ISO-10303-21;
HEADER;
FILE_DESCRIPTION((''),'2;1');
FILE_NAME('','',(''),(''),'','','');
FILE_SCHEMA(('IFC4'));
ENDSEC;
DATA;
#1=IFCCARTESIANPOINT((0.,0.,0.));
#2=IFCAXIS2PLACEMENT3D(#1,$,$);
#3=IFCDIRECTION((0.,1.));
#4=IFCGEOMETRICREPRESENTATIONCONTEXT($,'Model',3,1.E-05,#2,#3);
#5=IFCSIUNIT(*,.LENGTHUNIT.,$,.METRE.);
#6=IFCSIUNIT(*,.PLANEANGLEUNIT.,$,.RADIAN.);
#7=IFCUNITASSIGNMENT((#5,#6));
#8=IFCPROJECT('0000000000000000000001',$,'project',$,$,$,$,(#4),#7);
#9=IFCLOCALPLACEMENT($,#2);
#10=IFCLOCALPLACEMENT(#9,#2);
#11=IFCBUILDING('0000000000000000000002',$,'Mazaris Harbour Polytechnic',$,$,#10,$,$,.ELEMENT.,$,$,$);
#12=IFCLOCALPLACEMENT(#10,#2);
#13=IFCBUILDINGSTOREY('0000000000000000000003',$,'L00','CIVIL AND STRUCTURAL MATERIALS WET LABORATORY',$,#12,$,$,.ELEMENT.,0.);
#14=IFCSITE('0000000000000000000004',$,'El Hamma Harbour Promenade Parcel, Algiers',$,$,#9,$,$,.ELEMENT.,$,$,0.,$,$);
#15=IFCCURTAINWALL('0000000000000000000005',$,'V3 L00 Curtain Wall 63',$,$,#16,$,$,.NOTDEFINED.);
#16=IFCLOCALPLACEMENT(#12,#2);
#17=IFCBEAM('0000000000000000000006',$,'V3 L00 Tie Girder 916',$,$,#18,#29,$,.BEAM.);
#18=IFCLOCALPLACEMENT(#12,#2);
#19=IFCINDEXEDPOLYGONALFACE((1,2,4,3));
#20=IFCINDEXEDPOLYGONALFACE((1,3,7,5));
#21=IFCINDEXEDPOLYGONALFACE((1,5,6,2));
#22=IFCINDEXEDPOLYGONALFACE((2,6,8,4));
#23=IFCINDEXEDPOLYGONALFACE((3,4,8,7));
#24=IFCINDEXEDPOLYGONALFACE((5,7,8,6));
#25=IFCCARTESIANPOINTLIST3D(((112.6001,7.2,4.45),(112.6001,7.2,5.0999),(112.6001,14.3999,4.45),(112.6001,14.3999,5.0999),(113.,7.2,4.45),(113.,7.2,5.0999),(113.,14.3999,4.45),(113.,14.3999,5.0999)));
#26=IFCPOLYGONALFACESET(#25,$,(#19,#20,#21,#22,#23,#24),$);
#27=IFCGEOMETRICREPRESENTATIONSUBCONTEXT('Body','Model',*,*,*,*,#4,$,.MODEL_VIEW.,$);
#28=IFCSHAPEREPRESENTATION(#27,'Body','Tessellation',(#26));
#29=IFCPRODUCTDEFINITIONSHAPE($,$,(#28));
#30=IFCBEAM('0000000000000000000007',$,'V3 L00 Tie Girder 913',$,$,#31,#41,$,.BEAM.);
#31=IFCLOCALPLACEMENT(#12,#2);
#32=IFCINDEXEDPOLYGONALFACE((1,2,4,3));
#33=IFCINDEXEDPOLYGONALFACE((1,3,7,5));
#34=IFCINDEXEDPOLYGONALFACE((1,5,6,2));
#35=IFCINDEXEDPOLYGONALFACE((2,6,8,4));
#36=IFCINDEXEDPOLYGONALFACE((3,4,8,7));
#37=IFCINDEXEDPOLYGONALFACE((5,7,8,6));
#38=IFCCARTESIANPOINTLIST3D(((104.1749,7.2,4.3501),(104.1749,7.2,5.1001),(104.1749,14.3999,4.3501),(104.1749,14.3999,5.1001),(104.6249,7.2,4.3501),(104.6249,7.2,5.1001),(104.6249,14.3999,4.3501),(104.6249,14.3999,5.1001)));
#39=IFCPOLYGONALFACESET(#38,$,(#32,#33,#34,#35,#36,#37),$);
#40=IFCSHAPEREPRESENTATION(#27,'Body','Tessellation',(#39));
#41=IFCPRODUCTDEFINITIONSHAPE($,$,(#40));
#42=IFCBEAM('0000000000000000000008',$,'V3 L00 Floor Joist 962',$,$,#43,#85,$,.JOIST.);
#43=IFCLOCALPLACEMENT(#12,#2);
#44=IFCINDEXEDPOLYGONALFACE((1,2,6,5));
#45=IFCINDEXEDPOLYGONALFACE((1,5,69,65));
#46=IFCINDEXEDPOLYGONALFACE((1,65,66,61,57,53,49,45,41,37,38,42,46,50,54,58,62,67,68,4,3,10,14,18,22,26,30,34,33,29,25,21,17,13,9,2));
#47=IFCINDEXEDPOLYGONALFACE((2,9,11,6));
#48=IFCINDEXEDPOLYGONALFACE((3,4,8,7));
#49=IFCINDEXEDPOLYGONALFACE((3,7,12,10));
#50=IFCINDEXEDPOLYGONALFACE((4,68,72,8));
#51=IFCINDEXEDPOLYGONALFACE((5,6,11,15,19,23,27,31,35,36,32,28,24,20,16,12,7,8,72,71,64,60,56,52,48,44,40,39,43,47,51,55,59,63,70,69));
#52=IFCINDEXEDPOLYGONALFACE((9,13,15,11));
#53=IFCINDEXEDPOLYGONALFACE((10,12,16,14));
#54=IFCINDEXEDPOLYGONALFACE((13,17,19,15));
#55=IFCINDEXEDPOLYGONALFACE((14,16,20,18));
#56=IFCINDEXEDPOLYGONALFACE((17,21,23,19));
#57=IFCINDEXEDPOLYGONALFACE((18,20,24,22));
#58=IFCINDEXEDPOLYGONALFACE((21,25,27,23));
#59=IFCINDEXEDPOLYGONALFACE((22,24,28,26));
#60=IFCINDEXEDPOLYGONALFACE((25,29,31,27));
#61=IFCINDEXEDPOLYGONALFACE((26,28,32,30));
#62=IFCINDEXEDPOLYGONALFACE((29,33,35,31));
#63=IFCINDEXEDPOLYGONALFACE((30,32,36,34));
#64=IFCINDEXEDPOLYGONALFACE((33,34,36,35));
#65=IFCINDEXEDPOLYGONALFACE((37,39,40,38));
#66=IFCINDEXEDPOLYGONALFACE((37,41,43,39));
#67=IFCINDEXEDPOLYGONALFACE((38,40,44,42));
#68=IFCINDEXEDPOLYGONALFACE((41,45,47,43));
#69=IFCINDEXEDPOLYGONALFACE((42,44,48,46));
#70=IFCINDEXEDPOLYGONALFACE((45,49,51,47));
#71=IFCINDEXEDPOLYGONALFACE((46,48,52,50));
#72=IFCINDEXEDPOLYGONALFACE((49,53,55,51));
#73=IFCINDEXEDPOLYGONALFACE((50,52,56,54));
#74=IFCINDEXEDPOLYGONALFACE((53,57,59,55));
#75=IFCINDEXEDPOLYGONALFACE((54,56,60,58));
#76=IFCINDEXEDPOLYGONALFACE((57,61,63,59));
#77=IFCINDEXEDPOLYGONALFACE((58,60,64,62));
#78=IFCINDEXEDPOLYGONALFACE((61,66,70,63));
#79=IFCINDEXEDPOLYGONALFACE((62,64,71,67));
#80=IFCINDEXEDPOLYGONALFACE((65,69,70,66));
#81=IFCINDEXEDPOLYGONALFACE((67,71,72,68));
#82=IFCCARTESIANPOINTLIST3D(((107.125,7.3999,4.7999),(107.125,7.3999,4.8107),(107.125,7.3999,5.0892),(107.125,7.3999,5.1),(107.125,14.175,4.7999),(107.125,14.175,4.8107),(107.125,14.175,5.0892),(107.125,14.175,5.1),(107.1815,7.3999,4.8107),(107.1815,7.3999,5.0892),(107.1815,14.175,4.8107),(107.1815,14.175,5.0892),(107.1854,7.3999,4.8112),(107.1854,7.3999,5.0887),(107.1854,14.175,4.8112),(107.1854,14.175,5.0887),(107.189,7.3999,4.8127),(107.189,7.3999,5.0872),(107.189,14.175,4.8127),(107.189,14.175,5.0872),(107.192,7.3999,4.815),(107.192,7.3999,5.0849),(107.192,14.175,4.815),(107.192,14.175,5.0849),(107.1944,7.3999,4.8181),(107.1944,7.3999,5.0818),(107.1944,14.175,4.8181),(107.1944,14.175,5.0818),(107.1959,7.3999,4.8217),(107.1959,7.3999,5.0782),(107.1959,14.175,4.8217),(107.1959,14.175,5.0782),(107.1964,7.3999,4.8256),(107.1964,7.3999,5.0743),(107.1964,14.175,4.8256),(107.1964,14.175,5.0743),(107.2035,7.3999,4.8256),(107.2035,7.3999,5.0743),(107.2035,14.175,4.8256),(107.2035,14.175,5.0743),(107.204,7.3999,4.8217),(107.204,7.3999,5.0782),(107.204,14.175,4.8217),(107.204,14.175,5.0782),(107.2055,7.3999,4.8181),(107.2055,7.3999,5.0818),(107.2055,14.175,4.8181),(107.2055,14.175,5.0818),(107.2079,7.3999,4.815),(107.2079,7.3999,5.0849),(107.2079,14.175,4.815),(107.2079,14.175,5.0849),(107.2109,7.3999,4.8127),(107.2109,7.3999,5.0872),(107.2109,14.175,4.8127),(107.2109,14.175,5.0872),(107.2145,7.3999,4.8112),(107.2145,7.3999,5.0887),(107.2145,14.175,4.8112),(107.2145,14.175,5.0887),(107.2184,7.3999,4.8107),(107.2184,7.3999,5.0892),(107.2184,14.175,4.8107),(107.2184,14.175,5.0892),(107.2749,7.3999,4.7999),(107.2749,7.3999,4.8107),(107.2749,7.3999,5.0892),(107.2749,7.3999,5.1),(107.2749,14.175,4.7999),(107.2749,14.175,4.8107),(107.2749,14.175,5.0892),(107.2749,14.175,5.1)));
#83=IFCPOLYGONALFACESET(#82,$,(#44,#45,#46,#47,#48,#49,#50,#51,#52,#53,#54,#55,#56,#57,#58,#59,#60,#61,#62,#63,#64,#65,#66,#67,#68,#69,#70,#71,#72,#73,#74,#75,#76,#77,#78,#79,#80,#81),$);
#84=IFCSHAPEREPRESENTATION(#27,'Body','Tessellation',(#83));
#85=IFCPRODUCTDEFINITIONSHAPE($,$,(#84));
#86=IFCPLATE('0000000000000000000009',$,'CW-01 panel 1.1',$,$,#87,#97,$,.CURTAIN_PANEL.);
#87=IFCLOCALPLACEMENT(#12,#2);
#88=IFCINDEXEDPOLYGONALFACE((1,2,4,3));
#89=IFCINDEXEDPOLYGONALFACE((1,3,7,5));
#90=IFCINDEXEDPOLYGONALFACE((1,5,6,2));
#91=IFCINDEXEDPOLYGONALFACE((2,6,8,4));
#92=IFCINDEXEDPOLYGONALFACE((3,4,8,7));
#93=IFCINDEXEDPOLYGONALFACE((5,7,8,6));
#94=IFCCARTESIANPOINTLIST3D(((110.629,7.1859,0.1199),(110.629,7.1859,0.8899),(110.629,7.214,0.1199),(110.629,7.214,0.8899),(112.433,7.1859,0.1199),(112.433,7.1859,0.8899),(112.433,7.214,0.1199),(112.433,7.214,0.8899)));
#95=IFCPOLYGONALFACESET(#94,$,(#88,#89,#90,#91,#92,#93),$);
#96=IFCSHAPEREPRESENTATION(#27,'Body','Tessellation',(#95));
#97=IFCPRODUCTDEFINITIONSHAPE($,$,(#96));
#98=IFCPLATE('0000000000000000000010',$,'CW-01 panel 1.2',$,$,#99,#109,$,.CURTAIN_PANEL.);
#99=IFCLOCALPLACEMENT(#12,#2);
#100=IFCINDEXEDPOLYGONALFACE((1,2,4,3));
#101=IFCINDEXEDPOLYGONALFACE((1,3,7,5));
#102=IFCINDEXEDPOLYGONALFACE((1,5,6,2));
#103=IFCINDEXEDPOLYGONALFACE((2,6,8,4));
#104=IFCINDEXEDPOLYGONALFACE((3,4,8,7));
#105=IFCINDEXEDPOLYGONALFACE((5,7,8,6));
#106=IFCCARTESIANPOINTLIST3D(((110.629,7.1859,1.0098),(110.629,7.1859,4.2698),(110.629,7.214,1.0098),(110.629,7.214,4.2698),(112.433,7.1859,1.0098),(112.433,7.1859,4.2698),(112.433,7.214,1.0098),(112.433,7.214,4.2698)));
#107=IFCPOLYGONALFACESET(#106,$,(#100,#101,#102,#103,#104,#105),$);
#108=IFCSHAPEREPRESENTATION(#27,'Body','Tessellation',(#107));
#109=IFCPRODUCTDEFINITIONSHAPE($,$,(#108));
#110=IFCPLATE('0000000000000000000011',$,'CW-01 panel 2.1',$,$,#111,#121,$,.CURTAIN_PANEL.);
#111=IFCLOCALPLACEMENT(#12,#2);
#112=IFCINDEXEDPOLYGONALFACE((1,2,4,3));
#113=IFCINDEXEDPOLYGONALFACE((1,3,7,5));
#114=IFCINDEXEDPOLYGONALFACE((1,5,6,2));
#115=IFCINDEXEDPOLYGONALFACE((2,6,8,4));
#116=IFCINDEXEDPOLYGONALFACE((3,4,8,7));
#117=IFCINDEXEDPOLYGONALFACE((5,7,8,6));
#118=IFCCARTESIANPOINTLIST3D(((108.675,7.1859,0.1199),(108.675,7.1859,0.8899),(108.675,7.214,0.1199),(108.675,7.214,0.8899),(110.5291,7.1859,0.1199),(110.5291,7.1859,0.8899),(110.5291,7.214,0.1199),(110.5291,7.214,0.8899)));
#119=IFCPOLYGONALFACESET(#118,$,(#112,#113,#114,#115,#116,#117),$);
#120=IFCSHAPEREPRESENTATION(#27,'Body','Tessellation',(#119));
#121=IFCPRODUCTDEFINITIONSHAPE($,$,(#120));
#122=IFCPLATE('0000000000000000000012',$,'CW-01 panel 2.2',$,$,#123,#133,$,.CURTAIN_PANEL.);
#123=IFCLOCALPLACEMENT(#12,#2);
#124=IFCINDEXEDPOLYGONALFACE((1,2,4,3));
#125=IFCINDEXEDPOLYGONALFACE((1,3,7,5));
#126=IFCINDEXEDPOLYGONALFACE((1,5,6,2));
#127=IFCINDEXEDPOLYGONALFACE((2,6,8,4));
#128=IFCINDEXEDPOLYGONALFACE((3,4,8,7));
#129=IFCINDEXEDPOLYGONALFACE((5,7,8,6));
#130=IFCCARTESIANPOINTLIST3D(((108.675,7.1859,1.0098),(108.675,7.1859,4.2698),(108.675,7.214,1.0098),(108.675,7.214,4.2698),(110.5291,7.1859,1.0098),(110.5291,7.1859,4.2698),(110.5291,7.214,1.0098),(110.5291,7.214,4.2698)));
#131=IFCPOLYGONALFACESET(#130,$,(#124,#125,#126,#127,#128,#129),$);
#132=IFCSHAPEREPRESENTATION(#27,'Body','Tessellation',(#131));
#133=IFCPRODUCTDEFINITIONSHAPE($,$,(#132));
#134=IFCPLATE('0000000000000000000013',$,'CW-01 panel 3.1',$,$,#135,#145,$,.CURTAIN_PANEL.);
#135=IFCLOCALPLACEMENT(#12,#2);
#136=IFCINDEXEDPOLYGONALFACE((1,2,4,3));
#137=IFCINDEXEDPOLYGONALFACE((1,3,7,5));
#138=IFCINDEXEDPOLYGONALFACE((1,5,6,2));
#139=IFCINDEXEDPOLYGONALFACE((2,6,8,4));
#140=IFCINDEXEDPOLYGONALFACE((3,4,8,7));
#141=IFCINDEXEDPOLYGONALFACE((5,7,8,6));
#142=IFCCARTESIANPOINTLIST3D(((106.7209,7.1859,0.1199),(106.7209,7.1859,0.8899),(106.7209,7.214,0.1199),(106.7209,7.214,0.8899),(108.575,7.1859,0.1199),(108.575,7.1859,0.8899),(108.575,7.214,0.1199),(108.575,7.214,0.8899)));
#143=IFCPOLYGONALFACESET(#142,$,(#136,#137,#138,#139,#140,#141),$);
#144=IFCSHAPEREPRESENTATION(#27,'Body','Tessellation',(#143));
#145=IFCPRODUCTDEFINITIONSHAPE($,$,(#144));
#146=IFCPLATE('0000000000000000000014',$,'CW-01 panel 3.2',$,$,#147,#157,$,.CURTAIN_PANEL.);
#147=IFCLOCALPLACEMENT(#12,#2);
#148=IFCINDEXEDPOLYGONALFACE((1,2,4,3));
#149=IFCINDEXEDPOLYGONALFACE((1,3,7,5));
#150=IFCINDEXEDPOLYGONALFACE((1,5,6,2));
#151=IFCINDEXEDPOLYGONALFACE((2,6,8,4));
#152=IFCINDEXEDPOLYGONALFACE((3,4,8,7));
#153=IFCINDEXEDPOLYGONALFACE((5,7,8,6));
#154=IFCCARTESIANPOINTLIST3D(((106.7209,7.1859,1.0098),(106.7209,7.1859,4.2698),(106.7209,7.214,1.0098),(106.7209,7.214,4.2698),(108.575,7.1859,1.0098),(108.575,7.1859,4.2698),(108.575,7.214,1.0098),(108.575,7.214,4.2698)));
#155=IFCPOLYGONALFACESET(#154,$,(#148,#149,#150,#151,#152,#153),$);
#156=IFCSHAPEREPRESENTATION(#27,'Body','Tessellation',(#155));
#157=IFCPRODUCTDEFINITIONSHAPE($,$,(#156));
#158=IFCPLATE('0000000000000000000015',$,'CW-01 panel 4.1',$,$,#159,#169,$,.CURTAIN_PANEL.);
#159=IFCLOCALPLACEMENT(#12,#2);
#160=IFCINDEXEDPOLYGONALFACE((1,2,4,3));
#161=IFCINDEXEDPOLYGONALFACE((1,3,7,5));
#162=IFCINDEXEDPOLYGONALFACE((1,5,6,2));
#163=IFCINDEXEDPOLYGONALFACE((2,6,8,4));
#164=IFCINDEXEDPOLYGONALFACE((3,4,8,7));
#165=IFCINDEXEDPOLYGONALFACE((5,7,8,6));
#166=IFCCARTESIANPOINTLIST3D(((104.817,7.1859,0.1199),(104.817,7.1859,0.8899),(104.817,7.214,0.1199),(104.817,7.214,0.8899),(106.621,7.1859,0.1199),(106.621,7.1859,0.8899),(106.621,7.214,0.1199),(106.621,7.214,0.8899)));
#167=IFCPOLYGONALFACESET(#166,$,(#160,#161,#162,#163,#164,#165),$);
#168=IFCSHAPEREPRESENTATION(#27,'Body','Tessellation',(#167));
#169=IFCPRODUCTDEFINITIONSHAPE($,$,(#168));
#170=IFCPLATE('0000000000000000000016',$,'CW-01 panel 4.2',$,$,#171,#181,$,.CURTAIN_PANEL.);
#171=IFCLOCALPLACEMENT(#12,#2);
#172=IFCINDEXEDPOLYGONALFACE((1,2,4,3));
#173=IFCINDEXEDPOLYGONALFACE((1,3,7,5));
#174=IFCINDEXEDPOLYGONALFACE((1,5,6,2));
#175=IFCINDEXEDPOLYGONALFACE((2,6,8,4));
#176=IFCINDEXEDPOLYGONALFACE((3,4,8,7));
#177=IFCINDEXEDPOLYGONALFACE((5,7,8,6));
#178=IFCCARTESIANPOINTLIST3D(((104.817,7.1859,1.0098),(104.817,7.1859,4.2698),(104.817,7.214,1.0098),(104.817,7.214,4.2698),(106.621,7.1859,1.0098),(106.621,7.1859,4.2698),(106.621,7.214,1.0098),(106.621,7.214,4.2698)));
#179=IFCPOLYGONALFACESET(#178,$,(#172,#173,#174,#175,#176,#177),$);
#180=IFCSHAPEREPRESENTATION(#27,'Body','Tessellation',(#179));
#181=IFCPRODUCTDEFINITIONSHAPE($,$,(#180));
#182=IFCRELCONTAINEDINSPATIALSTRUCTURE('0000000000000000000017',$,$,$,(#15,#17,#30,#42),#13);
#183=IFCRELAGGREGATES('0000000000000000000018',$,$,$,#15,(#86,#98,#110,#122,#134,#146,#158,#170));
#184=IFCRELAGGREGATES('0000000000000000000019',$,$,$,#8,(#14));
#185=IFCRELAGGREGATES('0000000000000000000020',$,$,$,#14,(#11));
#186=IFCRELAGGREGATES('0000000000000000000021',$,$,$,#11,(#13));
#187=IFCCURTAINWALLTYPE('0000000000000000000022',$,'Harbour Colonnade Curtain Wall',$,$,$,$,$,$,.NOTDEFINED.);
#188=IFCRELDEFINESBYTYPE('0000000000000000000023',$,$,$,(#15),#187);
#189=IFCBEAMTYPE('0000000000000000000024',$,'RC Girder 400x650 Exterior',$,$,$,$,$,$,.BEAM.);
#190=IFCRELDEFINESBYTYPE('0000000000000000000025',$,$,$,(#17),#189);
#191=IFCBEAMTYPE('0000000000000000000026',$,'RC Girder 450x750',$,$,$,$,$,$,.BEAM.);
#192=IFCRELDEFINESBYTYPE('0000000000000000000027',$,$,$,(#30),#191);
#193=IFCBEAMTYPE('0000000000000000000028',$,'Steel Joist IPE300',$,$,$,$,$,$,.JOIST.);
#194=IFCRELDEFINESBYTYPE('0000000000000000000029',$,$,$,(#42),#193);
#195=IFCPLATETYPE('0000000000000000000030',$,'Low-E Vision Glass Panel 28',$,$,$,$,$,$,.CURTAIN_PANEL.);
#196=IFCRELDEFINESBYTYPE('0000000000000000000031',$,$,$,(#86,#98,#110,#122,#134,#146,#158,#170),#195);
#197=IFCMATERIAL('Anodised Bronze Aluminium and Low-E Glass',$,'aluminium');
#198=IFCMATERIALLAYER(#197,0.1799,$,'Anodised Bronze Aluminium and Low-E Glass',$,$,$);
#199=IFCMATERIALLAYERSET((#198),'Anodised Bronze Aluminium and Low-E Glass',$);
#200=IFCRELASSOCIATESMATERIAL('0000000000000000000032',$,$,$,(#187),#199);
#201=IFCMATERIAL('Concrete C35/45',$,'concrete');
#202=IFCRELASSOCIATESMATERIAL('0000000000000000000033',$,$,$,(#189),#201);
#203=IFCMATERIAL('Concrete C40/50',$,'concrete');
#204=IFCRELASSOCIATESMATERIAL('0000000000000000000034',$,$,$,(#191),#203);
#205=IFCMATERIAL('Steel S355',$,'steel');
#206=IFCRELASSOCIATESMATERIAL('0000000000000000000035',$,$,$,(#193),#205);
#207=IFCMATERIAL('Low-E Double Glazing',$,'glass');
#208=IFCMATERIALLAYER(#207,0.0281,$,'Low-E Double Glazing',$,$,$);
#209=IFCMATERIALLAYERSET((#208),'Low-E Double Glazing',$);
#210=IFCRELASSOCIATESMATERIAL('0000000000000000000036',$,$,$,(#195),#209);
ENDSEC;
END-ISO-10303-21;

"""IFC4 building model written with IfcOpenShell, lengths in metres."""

from ifc_helpers import new_model, si_unit, direction, frame, origin, origin_2d, place, context, subcontext, project, spatial, rectangle, i_section, extrude, material, layer, layer_set, material_profile, profile_set, type_object, element, aggregate, save


model = new_model("IFC4")

# Units and contexts
model_context = context("Model", 3, precision=1e-05, world=origin(), true_north=direction((0.0, 1.0)))
body_context = subcontext(model_context, "Body", "Model", "MODEL_VIEW")
ifc_project = project(units=[si_unit("LENGTHUNIT", "METRE"), si_unit("PLANEANGLEUNIT", "RADIAN")], contexts=[model_context])

# Site, building, storey
site_placement = place(None, origin())
site = spatial("IfcSite", under=ifc_project, at=site_placement, Name="El Hamma Harbour Promenade Parcel, Algiers", CompositionType="ELEMENT", RefElevation=0.0)
building_placement = place(site_placement, origin())
building = spatial("IfcBuilding", under=site, at=building_placement, Name="Mazaris Harbour Polytechnic", CompositionType="ELEMENT")
storey_placement = place(building_placement, origin())
storey = spatial("IfcBuildingStorey", under=building, at=storey_placement, Name="L00", Description="CIVIL AND STRUCTURAL MATERIALS WET LABORATORY", CompositionType="ELEMENT", Elevation=0.0)

# Curtain wall
ifc_material_1 = material(Name="Anodised Bronze Aluminium and Low-E Glass", Category="aluminium")
ifc_layer_1 = layer(ifc_material_1, 0.1799, Name="Anodised Bronze Aluminium and Low-E Glass")
ifc_layer_set_1 = layer_set([ifc_layer_1], Name="Anodised Bronze Aluminium and Low-E Glass")
curtain_wall_type = type_object("IfcCurtainWallType", Name="Harbour Colonnade Curtain Wall", PredefinedType="NOTDEFINED", material=ifc_layer_set_1)
curtain_wall_placement = place(storey_placement, origin())
curtain_wall = element("IfcCurtainWall", 1, at=curtain_wall_placement, inside=storey, type_object=curtain_wall_type, Name="V3 L00 Curtain Wall 63", PredefinedType="NOTDEFINED")

# Beams
ifc_material_2 = material(Name="Concrete C35/45", Category="concrete")
ifc_material_profile_1 = material_profile(ifc_material_2, rectangle(XDim=0.3999, YDim=0.6499, at=origin_2d()), Name="RECT400x650")
ifc_profile_set_1 = profile_set([ifc_material_profile_1], Name="Concrete C35/45")
beam_type_1 = type_object("IfcBeamType", Name="RC Girder 400x650 Exterior", PredefinedType="BEAM", material=ifc_profile_set_1)
beam_1_placement = place(storey_placement, frame((112.8, 7.2, 4.7749), z_axis=(0.0, 1.0, 0.0), x_axis=(-1.0, 0.0, 0.0)))
element("IfcBeam", 2, at=beam_1_placement, inside=storey, type_object=beam_type_1, Name="V3 L00 Tie Girder 916", PredefinedType="BEAM", context=body_context, shape_type="SweptSolid", body=[
    extrude(rectangle(XDim=0.3999, YDim=0.6499, at=origin_2d()), origin(), (0.0, 0.0, 1.0), 7.2),
])
ifc_material_3 = material(Name="Concrete C40/50", Category="concrete")
ifc_material_profile_2 = material_profile(ifc_material_3, rectangle(XDim=0.45, YDim=0.75, at=origin_2d()), Name="RECT450x750")
ifc_profile_set_2 = profile_set([ifc_material_profile_2], Name="Concrete C40/50")
beam_type_2 = type_object("IfcBeamType", Name="RC Girder 450x750", PredefinedType="BEAM", material=ifc_profile_set_2)
beam_2_placement = place(storey_placement, frame((104.3999, 7.2, 4.7251), z_axis=(0.0, 1.0, 0.0), x_axis=(-1.0, 0.0, 0.0)))
element("IfcBeam", 3, at=beam_2_placement, inside=storey, type_object=beam_type_2, Name="V3 L00 Tie Girder 913", PredefinedType="BEAM", context=body_context, shape_type="SweptSolid", body=[
    extrude(rectangle(XDim=0.45, YDim=0.75, at=origin_2d()), origin(), (0.0, 0.0, 1.0), 7.2),
])
ifc_material_4 = material(Name="Steel S355", Category="steel")
ifc_material_profile_3 = material_profile(ifc_material_4, i_section(OverallWidth=0.1499, OverallDepth=0.3, WebThickness=0.0071, FlangeThickness=0.0107, FilletRadius=0.0149, at=origin_2d()), Name="IPE 300")
ifc_profile_set_3 = profile_set([ifc_material_profile_3], Name="Steel S355")
beam_type_3 = type_object("IfcBeamType", Name="Steel Joist IPE300", PredefinedType="JOIST", material=ifc_profile_set_3)
beam_3_placement = place(storey_placement, frame((107.2, 7.3999, 4.95), z_axis=(0.0, 1.0, 0.0), x_axis=(-1.0, 0.0, 0.0)))
element("IfcBeam", 4, at=beam_3_placement, inside=storey, type_object=beam_type_3, Name="V3 L00 Floor Joist 962", PredefinedType="JOIST", context=body_context, shape_type="SweptSolid", body=[
    extrude(i_section(OverallWidth=0.1499, OverallDepth=0.3, WebThickness=0.0071, FlangeThickness=0.0107, FilletRadius=0.0149, at=origin_2d()), origin(), (0.0, 0.0, 1.0), 6.7751),
])

# Plates
ifc_material_5 = material(Name="Low-E Double Glazing", Category="glass")
ifc_layer_2 = layer(ifc_material_5, 0.0281, Name="Low-E Double Glazing")
ifc_layer_set_2 = layer_set([ifc_layer_2], Name="Low-E Double Glazing")
plate_type = type_object("IfcPlateType", Name="Low-E Vision Glass Panel 28", PredefinedType="CURTAIN_PANEL", material=ifc_layer_set_2)
plate_1_placement = place(storey_placement, frame((111.531, 7.2, 0.1199), z_axis=(0.0, 0.0, 1.0), x_axis=(-1.0, 0.0, 0.0)))
plate_1 = element("IfcPlate", 5, at=plate_1_placement, type_object=plate_type, Name="CW-01 panel 1.1", PredefinedType="CURTAIN_PANEL", context=body_context, shape_type="SweptSolid", body=[
    extrude(rectangle(XDim=1.804, YDim=0.0281, at=origin_2d()), origin(), (0.0, 0.0, 1.0), 0.77),
])
plate_2_placement = place(storey_placement, frame((111.531, 7.2, 1.0098), z_axis=(0.0, 0.0, 1.0), x_axis=(-1.0, 0.0, 0.0)))
plate_2 = element("IfcPlate", 6, at=plate_2_placement, type_object=plate_type, Name="CW-01 panel 1.2", PredefinedType="CURTAIN_PANEL", context=body_context, shape_type="SweptSolid", body=[
    extrude(rectangle(XDim=1.804, YDim=0.0281, at=origin_2d()), origin(), (0.0, 0.0, 1.0), 3.26),
])
plate_3_placement = place(storey_placement, frame((109.6021, 7.2, 0.1199), z_axis=(0.0, 0.0, 1.0), x_axis=(-1.0, 0.0, 0.0)))
plate_3 = element("IfcPlate", 7, at=plate_3_placement, type_object=plate_type, Name="CW-01 panel 2.1", PredefinedType="CURTAIN_PANEL", context=body_context, shape_type="SweptSolid", body=[
    extrude(rectangle(XDim=1.854, YDim=0.0281, at=origin_2d()), origin(), (0.0, 0.0, 1.0), 0.77),
])
plate_4_placement = place(storey_placement, frame((109.6021, 7.2, 1.0098), z_axis=(0.0, 0.0, 1.0), x_axis=(-1.0, 0.0, 0.0)))
plate_4 = element("IfcPlate", 8, at=plate_4_placement, type_object=plate_type, Name="CW-01 panel 2.2", PredefinedType="CURTAIN_PANEL", context=body_context, shape_type="SweptSolid", body=[
    extrude(rectangle(XDim=1.854, YDim=0.0281, at=origin_2d()), origin(), (0.0, 0.0, 1.0), 3.26),
])
plate_5_placement = place(storey_placement, frame((107.6479, 7.2, 0.1199), z_axis=(0.0, 0.0, 1.0), x_axis=(-1.0, 0.0, 0.0)))
plate_5 = element("IfcPlate", 9, at=plate_5_placement, type_object=plate_type, Name="CW-01 panel 3.1", PredefinedType="CURTAIN_PANEL", context=body_context, shape_type="SweptSolid", body=[
    extrude(rectangle(XDim=1.854, YDim=0.0281, at=origin_2d()), origin(), (0.0, 0.0, 1.0), 0.77),
])
plate_6_placement = place(storey_placement, frame((107.6479, 7.2, 1.0098), z_axis=(0.0, 0.0, 1.0), x_axis=(-1.0, 0.0, 0.0)))
plate_6 = element("IfcPlate", 10, at=plate_6_placement, type_object=plate_type, Name="CW-01 panel 3.2", PredefinedType="CURTAIN_PANEL", context=body_context, shape_type="SweptSolid", body=[
    extrude(rectangle(XDim=1.854, YDim=0.0281, at=origin_2d()), origin(), (0.0, 0.0, 1.0), 3.26),
])
plate_7_placement = place(storey_placement, frame((105.719, 7.2, 0.1199), z_axis=(0.0, 0.0, 1.0), x_axis=(-1.0, 0.0, 0.0)))
plate_7 = element("IfcPlate", 11, at=plate_7_placement, type_object=plate_type, Name="CW-01 panel 4.1", PredefinedType="CURTAIN_PANEL", context=body_context, shape_type="SweptSolid", body=[
    extrude(rectangle(XDim=1.804, YDim=0.0281, at=origin_2d()), origin(), (0.0, 0.0, 1.0), 0.77),
])
plate_8_placement = place(storey_placement, frame((105.719, 7.2, 1.0098), z_axis=(0.0, 0.0, 1.0), x_axis=(-1.0, 0.0, 0.0)))
plate_8 = element("IfcPlate", 12, at=plate_8_placement, type_object=plate_type, Name="CW-01 panel 4.2", PredefinedType="CURTAIN_PANEL", context=body_context, shape_type="SweptSolid", body=[
    extrude(rectangle(XDim=1.804, YDim=0.0281, at=origin_2d()), origin(), (0.0, 0.0, 1.0), 3.26),
])
aggregate(curtain_wall, [plate_1, plate_2, plate_3, plate_4, plate_5, plate_6, plate_7, plate_8])

save(model, "model.ifc")
